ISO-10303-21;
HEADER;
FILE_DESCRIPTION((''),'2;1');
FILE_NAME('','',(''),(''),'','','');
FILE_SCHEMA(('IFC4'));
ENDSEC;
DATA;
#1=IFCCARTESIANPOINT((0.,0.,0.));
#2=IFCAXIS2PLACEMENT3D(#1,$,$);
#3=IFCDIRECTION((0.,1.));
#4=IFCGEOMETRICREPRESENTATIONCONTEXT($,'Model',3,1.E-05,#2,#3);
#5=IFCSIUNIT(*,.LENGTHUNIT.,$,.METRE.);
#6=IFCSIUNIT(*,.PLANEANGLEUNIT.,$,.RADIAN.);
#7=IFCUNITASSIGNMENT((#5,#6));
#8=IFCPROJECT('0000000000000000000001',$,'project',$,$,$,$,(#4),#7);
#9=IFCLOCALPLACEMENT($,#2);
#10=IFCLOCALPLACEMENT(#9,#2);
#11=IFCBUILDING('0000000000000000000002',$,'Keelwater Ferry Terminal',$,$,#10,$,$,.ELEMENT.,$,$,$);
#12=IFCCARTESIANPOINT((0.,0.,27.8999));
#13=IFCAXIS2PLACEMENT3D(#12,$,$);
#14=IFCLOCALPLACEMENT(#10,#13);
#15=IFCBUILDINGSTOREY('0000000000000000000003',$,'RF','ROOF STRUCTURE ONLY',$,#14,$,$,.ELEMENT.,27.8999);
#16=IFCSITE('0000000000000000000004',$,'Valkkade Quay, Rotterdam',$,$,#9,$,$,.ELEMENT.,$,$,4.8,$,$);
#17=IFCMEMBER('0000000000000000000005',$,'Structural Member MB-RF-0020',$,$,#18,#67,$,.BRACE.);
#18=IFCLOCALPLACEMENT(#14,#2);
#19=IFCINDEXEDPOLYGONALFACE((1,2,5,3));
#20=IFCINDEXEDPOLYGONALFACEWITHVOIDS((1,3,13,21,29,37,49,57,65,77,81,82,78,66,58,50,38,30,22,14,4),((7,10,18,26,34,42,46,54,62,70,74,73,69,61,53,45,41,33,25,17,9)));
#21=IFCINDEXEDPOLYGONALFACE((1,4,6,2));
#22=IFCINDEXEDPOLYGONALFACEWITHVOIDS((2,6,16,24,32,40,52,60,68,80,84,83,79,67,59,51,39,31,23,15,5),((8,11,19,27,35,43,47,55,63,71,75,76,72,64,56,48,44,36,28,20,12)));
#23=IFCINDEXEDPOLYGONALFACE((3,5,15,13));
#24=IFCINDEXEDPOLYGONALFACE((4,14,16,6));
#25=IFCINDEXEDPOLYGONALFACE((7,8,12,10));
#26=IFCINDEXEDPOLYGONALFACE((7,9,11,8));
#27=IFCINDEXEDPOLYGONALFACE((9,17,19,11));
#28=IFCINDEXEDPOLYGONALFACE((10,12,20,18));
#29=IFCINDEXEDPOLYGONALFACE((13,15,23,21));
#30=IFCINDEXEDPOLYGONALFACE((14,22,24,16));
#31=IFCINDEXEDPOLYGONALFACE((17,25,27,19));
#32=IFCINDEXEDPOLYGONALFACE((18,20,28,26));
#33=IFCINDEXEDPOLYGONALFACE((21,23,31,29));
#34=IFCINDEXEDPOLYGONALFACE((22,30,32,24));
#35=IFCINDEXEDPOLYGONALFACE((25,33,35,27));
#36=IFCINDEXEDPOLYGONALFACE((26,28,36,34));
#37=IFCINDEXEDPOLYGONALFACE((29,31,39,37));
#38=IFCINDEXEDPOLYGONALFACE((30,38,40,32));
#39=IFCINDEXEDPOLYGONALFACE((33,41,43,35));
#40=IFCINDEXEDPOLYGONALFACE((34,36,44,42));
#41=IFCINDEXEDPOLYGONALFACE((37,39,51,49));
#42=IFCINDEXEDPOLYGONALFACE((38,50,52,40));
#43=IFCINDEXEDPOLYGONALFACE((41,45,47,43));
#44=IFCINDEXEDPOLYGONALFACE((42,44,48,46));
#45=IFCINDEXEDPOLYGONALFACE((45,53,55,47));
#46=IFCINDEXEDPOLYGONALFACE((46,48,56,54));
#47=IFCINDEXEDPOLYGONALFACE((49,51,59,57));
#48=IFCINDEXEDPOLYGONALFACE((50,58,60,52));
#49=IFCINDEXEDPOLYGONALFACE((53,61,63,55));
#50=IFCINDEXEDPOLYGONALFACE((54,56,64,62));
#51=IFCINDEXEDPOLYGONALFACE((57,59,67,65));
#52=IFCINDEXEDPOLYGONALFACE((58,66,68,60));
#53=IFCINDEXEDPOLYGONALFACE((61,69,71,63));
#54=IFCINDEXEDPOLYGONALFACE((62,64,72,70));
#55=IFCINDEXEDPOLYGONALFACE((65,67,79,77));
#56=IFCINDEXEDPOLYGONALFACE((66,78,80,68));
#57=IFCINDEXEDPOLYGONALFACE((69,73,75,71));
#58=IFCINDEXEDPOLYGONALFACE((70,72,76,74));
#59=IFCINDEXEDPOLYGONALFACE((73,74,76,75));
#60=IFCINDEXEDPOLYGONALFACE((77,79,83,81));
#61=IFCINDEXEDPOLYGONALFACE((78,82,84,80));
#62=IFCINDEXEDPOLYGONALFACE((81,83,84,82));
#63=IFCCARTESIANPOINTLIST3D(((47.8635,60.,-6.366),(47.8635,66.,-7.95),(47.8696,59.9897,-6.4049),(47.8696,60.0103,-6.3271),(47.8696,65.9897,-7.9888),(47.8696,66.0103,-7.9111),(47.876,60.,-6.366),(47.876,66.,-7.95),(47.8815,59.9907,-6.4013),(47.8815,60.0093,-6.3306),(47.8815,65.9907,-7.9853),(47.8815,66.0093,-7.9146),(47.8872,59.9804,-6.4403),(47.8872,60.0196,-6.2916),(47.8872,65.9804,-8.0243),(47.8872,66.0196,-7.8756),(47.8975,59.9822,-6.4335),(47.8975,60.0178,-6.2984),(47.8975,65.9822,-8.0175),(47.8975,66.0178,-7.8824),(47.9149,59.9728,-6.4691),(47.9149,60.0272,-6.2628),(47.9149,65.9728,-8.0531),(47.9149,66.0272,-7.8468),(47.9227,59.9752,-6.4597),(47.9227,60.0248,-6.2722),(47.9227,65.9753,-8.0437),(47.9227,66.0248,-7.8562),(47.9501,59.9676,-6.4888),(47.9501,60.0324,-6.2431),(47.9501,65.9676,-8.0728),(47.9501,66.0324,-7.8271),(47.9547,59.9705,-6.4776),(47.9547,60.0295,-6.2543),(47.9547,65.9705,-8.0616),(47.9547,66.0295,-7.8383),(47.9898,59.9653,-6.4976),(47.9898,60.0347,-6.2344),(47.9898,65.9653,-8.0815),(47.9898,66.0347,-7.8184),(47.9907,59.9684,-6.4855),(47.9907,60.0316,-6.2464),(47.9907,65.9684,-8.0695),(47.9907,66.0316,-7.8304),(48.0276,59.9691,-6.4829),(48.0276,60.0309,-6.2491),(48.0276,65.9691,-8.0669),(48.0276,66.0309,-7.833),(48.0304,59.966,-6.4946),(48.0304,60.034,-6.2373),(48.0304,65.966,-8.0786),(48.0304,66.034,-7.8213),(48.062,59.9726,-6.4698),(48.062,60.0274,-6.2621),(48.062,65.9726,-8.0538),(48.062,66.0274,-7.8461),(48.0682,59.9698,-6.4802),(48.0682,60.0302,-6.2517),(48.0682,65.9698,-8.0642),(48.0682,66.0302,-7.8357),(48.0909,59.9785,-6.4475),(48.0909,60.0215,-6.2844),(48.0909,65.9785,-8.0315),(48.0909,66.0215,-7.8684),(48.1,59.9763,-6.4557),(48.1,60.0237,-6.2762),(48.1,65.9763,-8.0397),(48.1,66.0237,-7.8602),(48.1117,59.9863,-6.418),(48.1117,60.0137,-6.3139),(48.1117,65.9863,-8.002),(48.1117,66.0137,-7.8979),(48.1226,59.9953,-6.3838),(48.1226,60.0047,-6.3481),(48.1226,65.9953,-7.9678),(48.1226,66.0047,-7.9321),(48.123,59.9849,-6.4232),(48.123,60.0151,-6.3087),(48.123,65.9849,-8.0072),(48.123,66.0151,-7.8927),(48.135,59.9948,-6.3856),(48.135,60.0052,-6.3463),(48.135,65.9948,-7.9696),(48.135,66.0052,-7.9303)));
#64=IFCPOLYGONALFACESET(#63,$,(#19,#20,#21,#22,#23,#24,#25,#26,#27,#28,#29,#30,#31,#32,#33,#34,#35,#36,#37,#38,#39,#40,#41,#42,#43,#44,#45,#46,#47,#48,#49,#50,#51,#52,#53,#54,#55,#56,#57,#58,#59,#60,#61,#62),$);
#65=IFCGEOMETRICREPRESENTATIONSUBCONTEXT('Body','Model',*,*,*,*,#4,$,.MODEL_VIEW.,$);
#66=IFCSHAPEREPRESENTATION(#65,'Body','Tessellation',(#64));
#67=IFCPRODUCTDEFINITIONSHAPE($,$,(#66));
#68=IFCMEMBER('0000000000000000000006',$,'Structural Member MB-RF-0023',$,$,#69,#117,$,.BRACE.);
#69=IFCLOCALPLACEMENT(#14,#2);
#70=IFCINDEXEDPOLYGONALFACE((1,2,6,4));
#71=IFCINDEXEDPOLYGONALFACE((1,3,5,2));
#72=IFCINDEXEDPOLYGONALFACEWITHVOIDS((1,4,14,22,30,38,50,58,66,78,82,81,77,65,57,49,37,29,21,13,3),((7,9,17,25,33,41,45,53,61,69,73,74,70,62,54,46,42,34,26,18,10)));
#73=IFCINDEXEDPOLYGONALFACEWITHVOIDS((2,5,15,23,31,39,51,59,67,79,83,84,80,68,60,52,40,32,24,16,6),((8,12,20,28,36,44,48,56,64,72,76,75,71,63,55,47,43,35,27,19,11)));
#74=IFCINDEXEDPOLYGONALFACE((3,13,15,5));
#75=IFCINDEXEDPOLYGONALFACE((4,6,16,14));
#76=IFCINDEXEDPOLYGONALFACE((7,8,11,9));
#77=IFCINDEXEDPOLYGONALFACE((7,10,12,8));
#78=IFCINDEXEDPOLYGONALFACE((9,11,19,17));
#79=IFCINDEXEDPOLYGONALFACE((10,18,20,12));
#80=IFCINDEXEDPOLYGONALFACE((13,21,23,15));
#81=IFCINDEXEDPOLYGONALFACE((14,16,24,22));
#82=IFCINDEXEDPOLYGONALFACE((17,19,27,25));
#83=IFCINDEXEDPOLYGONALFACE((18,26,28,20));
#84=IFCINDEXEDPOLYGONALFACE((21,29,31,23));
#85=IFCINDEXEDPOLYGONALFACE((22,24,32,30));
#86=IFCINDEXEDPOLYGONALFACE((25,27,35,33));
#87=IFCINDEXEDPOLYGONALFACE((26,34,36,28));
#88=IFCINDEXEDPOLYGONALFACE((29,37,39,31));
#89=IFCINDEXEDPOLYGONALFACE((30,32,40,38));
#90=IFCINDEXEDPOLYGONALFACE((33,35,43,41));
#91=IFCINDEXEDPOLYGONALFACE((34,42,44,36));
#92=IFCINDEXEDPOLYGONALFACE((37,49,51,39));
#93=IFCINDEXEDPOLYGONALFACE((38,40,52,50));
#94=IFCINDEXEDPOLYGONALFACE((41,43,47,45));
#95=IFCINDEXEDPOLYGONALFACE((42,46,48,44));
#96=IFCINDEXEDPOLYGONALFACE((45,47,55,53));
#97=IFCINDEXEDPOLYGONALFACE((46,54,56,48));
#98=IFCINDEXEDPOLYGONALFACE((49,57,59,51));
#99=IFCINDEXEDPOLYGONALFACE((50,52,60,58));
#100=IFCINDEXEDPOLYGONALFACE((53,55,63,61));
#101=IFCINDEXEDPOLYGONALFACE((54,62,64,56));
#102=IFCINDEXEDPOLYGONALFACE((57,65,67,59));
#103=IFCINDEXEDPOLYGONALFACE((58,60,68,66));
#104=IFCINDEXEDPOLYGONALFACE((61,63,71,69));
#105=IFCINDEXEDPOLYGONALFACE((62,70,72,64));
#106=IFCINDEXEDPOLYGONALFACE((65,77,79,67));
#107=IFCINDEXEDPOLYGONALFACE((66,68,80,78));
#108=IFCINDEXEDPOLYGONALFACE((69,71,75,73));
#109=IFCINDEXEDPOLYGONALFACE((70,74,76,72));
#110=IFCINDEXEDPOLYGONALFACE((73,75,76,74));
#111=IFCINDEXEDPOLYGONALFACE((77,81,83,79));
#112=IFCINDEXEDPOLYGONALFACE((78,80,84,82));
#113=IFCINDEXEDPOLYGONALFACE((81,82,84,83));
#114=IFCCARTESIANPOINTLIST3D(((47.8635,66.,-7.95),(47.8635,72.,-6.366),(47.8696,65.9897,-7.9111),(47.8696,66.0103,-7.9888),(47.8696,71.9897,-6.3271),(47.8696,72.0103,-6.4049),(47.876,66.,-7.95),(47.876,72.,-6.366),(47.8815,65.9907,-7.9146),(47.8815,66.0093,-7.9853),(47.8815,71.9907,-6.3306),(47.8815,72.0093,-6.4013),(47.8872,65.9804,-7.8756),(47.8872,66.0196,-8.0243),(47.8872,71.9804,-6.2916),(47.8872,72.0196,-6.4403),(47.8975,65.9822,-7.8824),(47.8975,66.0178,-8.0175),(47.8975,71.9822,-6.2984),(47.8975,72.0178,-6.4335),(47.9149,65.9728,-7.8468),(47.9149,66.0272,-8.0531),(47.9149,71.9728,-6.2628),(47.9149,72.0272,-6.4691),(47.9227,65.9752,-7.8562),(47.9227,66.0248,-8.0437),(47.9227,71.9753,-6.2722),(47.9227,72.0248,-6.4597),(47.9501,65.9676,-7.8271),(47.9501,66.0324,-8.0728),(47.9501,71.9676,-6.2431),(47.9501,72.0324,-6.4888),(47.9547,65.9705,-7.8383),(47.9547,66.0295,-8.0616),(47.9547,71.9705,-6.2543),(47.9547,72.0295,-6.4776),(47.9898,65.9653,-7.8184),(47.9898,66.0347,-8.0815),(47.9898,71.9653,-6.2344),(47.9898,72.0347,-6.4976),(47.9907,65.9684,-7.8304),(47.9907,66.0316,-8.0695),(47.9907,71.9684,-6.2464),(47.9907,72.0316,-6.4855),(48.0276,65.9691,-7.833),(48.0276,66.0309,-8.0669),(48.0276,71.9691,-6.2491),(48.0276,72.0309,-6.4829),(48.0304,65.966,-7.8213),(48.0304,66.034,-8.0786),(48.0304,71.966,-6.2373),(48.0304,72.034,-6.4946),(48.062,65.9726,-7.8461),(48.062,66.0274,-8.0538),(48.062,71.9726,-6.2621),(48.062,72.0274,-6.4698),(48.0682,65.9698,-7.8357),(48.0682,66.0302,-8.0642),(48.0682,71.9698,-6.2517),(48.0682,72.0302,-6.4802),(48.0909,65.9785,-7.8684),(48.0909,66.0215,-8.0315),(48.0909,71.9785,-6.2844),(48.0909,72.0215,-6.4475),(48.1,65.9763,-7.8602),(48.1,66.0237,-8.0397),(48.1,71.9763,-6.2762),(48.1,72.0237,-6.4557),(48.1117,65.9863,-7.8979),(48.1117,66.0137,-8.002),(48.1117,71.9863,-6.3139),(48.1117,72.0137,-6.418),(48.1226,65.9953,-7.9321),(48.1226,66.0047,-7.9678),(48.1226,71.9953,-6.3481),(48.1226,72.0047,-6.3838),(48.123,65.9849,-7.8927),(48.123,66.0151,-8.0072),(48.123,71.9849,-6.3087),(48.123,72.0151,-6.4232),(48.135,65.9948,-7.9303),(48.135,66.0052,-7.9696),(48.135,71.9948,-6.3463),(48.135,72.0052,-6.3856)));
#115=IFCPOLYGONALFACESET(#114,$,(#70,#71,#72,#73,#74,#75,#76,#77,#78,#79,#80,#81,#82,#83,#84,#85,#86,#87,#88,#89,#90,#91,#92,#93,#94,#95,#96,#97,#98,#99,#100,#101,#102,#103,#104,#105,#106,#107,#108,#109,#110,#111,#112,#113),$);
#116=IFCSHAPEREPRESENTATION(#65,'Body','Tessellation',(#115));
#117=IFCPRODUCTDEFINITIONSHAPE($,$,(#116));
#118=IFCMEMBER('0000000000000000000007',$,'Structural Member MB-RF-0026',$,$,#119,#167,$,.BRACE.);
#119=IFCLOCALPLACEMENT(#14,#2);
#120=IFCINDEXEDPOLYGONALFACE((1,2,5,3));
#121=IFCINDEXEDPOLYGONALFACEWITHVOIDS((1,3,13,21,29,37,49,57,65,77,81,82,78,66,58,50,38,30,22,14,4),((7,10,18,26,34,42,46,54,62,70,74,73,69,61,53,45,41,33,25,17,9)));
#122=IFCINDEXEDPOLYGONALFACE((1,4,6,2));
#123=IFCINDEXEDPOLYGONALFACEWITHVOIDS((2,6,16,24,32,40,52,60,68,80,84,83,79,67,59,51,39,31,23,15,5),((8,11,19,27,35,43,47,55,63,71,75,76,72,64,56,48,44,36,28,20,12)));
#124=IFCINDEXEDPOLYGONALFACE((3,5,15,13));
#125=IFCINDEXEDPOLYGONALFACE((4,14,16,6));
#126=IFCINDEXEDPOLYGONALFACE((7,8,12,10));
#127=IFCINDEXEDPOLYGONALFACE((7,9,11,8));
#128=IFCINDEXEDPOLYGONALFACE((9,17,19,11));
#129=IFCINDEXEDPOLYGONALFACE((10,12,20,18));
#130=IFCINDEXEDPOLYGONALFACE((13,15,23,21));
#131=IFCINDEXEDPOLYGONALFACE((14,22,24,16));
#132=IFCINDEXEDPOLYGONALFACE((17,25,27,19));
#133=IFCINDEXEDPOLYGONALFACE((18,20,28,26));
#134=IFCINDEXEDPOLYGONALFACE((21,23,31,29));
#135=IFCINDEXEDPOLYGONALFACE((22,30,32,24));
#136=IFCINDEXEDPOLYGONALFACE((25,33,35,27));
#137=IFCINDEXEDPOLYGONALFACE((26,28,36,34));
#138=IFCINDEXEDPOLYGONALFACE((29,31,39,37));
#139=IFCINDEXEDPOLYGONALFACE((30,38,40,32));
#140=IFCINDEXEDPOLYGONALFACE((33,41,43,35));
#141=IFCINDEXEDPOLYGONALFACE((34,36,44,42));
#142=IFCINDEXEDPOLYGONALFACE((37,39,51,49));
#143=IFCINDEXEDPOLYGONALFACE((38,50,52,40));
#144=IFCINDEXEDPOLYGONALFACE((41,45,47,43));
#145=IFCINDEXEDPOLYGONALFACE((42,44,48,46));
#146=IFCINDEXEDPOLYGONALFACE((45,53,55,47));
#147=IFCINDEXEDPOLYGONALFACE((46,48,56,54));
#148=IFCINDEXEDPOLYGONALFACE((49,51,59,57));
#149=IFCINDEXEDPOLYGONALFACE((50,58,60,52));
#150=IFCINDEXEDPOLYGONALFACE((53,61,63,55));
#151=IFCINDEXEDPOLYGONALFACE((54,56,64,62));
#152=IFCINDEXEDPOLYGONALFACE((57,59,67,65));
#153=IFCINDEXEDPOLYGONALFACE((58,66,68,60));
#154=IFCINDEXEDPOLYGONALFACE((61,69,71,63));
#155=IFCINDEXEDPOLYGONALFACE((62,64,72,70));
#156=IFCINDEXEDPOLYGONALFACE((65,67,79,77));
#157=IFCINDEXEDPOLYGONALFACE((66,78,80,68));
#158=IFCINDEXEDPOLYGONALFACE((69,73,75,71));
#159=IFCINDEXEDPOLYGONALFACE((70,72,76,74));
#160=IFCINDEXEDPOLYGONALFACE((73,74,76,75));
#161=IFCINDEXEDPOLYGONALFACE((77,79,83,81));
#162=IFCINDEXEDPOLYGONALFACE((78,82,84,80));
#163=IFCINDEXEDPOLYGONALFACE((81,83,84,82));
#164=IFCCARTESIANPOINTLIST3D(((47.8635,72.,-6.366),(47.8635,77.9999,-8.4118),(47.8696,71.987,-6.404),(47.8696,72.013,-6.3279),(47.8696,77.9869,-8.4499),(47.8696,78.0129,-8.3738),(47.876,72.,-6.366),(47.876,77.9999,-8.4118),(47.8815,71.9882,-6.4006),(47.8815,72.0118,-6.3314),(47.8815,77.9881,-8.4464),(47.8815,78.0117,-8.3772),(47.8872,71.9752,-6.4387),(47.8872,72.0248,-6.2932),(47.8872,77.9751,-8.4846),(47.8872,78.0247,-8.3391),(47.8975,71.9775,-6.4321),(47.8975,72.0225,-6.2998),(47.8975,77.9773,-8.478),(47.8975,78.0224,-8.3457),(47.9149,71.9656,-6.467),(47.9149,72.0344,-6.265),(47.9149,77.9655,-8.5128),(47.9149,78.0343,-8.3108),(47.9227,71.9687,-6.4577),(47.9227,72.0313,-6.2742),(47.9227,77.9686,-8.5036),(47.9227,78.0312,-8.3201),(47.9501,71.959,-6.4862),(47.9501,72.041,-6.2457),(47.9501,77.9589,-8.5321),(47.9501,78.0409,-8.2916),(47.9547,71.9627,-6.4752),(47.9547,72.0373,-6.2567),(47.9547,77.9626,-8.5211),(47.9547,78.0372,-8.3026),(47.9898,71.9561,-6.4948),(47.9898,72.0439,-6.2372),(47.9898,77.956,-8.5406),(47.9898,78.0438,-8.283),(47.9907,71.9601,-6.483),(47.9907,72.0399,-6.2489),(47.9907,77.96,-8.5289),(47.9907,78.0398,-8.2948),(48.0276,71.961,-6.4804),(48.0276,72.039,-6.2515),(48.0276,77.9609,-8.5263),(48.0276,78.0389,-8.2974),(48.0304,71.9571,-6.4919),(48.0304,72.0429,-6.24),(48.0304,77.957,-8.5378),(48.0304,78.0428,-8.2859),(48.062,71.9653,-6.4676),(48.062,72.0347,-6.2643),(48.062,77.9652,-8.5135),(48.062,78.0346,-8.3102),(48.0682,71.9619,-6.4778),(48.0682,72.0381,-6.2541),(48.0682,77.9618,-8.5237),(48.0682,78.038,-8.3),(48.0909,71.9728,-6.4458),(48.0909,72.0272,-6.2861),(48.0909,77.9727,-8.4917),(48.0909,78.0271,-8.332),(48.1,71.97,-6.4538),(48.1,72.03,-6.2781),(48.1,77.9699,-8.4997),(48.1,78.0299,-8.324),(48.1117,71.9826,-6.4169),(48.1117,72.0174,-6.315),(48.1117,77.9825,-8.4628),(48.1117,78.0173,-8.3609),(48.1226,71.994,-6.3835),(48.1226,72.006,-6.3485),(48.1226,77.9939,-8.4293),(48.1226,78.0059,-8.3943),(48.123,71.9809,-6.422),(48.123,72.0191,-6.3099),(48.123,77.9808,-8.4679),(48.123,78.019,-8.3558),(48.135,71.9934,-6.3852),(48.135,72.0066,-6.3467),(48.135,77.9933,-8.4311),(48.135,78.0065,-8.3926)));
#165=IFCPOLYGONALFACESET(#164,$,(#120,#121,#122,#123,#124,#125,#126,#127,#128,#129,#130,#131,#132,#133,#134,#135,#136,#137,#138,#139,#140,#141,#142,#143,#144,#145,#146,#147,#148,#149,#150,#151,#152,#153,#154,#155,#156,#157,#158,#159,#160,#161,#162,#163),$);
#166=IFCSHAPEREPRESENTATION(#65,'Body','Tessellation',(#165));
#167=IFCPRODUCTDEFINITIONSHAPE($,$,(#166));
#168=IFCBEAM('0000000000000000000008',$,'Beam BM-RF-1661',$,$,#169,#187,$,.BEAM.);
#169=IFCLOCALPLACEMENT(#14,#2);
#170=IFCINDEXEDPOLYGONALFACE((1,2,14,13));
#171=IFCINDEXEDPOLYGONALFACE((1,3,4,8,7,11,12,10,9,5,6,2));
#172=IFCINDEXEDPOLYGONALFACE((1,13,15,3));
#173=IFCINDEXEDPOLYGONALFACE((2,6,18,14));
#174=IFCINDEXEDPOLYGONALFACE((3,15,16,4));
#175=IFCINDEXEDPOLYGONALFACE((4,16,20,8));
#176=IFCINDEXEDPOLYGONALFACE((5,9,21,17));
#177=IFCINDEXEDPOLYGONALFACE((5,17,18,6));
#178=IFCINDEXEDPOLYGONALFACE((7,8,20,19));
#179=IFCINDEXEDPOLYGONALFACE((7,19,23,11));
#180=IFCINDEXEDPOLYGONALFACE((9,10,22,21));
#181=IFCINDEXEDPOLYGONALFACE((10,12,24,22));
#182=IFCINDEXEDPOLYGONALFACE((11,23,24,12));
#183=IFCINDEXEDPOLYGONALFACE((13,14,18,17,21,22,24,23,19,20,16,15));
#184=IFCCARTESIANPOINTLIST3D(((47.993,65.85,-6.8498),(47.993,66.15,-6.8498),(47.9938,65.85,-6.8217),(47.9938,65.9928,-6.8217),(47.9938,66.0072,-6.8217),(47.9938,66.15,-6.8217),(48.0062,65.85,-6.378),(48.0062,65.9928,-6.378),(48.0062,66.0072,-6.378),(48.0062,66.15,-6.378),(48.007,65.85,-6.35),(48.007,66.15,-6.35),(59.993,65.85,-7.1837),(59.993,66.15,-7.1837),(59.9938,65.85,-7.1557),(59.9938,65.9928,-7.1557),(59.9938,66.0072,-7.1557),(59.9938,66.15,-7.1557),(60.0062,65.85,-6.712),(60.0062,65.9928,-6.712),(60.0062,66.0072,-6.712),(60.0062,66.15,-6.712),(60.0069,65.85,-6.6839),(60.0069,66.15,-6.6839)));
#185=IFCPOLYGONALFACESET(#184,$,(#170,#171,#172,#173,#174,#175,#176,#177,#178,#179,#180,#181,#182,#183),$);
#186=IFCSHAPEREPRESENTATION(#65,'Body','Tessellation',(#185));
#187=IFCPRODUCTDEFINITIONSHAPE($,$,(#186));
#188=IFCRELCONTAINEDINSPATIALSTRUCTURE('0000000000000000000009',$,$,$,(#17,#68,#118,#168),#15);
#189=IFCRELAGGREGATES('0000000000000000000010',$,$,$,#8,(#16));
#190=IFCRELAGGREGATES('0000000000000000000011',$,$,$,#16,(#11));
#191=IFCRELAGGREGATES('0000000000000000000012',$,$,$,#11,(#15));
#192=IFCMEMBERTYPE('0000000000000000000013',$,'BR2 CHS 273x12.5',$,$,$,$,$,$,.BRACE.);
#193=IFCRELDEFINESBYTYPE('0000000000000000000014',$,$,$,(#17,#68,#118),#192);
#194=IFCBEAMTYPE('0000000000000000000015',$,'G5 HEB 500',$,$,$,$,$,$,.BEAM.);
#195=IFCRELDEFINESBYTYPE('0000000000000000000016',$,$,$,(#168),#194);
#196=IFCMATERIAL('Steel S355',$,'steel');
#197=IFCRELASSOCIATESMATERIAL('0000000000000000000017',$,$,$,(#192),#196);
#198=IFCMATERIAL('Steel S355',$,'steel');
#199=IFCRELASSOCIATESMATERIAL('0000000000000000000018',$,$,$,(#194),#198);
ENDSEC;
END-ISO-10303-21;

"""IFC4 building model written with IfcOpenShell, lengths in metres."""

from ifc_helpers import new_model, si_unit, direction, frame, origin, origin_2d, place, context, subcontext, project, spatial, hollow_circle, i_section, extrude, material, material_profile, profile_set, type_object, element, save


model = new_model("IFC4")

# Units and contexts
model_context = context("Model", 3, precision=1e-05, world=origin(), true_north=direction((0.0, 1.0)))
body_context = subcontext(model_context, "Body", "Model", "MODEL_VIEW")
ifc_project = project(units=[si_unit("LENGTHUNIT", "METRE"), si_unit("PLANEANGLEUNIT", "RADIAN")], contexts=[model_context])

# Site, building, storey
site_placement = place(None, origin())
site = spatial("IfcSite", under=ifc_project, at=site_placement, Name="Valkkade Quay, Rotterdam", CompositionType="ELEMENT", RefElevation=4.8)
building_placement = place(site_placement, origin())
building = spatial("IfcBuilding", under=site, at=building_placement, Name="Keelwater Ferry Terminal", CompositionType="ELEMENT")
storey_placement = place(building_placement, frame((0.0, 0.0, 27.8999)))
storey = spatial("IfcBuildingStorey", under=building, at=storey_placement, Name="RF", Description="ROOF STRUCTURE ONLY", CompositionType="ELEMENT", Elevation=27.8999)

# Members
ifc_material_1 = material(Name="Steel S355", Category="steel")
ifc_material_profile_1 = material_profile(ifc_material_1, hollow_circle(Radius=0.1365, WallThickness=0.0125, at=origin_2d()), Name="CHS 273x12.5")
ifc_profile_set_1 = profile_set([ifc_material_profile_1], Name="Steel S355")
member_type_1 = type_object("IfcMemberType", Name="BR2 CHS 273x12.5", PredefinedType="BRACE", material=ifc_profile_set_1)
for number, where, z_axis, x_axis, name in (
    (1, (48.0, 60.0, -6.366), (0.0, 0.966874, -0.255252), (-1.0, 0.0, 0.0), "Structural Member MB-RF-0020"),
    (2, (48.0, 66.0, -7.95), (0.0, 0.966874, 0.255252), (-1.0, 0.0, 0.0), "Structural Member MB-RF-0023"),
):
    element("IfcMember", number, at=place(storey_placement, frame(where, z_axis=z_axis, x_axis=x_axis)), inside=storey, type_object=member_type_1, Name=name, PredefinedType="BRACE", context=body_context, shape_type="SweptSolid", body=[
        extrude(hollow_circle(Radius=0.1365, WallThickness=0.0125, at=origin_2d()), origin(), (0.0, 0.0, 1.0), 6.2056),
    ])
member_1_placement = place(storey_placement, frame((48.0, 72.0, -6.366), z_axis=(0.0, 0.946489, -0.322737), x_axis=(-1.0, 0.0, 0.0)))
element("IfcMember", 3, at=member_1_placement, inside=storey, type_object=member_type_1, Name="Structural Member MB-RF-0026", PredefinedType="BRACE", context=body_context, shape_type="SweptSolid", body=[
    extrude(hollow_circle(Radius=0.1365, WallThickness=0.0125, at=origin_2d()), origin(), (0.0, 0.0, 1.0), 6.3391),
])

# Beam
ifc_material_2 = material(Name="Steel S355", Category="steel")
ifc_material_profile_2 = material_profile(ifc_material_2, i_section(OverallWidth=0.3, OverallDepth=0.5, WebThickness=0.0144, FlangeThickness=0.0281, at=origin_2d()), Name="HEB 500")
ifc_profile_set_2 = profile_set([ifc_material_profile_2], Name="Steel S355")
beam_type = type_object("IfcBeamType", Name="G5 HEB 500", PredefinedType="BEAM", material=ifc_profile_set_2)
beam_placement = place(storey_placement, frame((48.0, 66.0, -6.5999), z_axis=(0.999613, 0.0, -0.027821), x_axis=(0.0, 1.0, 0.0)))
element("IfcBeam", 4, at=beam_placement, inside=storey, type_object=beam_type, Name="Beam BM-RF-1661", PredefinedType="BEAM", context=body_context, shape_type="SweptSolid", body=[
    extrude(i_section(OverallWidth=0.3, OverallDepth=0.5, WebThickness=0.0144, FlangeThickness=0.0281, at=origin_2d()), origin(), (0.0, 0.0, 1.0), 12.0046),
])

save(model, "model.ifc")
